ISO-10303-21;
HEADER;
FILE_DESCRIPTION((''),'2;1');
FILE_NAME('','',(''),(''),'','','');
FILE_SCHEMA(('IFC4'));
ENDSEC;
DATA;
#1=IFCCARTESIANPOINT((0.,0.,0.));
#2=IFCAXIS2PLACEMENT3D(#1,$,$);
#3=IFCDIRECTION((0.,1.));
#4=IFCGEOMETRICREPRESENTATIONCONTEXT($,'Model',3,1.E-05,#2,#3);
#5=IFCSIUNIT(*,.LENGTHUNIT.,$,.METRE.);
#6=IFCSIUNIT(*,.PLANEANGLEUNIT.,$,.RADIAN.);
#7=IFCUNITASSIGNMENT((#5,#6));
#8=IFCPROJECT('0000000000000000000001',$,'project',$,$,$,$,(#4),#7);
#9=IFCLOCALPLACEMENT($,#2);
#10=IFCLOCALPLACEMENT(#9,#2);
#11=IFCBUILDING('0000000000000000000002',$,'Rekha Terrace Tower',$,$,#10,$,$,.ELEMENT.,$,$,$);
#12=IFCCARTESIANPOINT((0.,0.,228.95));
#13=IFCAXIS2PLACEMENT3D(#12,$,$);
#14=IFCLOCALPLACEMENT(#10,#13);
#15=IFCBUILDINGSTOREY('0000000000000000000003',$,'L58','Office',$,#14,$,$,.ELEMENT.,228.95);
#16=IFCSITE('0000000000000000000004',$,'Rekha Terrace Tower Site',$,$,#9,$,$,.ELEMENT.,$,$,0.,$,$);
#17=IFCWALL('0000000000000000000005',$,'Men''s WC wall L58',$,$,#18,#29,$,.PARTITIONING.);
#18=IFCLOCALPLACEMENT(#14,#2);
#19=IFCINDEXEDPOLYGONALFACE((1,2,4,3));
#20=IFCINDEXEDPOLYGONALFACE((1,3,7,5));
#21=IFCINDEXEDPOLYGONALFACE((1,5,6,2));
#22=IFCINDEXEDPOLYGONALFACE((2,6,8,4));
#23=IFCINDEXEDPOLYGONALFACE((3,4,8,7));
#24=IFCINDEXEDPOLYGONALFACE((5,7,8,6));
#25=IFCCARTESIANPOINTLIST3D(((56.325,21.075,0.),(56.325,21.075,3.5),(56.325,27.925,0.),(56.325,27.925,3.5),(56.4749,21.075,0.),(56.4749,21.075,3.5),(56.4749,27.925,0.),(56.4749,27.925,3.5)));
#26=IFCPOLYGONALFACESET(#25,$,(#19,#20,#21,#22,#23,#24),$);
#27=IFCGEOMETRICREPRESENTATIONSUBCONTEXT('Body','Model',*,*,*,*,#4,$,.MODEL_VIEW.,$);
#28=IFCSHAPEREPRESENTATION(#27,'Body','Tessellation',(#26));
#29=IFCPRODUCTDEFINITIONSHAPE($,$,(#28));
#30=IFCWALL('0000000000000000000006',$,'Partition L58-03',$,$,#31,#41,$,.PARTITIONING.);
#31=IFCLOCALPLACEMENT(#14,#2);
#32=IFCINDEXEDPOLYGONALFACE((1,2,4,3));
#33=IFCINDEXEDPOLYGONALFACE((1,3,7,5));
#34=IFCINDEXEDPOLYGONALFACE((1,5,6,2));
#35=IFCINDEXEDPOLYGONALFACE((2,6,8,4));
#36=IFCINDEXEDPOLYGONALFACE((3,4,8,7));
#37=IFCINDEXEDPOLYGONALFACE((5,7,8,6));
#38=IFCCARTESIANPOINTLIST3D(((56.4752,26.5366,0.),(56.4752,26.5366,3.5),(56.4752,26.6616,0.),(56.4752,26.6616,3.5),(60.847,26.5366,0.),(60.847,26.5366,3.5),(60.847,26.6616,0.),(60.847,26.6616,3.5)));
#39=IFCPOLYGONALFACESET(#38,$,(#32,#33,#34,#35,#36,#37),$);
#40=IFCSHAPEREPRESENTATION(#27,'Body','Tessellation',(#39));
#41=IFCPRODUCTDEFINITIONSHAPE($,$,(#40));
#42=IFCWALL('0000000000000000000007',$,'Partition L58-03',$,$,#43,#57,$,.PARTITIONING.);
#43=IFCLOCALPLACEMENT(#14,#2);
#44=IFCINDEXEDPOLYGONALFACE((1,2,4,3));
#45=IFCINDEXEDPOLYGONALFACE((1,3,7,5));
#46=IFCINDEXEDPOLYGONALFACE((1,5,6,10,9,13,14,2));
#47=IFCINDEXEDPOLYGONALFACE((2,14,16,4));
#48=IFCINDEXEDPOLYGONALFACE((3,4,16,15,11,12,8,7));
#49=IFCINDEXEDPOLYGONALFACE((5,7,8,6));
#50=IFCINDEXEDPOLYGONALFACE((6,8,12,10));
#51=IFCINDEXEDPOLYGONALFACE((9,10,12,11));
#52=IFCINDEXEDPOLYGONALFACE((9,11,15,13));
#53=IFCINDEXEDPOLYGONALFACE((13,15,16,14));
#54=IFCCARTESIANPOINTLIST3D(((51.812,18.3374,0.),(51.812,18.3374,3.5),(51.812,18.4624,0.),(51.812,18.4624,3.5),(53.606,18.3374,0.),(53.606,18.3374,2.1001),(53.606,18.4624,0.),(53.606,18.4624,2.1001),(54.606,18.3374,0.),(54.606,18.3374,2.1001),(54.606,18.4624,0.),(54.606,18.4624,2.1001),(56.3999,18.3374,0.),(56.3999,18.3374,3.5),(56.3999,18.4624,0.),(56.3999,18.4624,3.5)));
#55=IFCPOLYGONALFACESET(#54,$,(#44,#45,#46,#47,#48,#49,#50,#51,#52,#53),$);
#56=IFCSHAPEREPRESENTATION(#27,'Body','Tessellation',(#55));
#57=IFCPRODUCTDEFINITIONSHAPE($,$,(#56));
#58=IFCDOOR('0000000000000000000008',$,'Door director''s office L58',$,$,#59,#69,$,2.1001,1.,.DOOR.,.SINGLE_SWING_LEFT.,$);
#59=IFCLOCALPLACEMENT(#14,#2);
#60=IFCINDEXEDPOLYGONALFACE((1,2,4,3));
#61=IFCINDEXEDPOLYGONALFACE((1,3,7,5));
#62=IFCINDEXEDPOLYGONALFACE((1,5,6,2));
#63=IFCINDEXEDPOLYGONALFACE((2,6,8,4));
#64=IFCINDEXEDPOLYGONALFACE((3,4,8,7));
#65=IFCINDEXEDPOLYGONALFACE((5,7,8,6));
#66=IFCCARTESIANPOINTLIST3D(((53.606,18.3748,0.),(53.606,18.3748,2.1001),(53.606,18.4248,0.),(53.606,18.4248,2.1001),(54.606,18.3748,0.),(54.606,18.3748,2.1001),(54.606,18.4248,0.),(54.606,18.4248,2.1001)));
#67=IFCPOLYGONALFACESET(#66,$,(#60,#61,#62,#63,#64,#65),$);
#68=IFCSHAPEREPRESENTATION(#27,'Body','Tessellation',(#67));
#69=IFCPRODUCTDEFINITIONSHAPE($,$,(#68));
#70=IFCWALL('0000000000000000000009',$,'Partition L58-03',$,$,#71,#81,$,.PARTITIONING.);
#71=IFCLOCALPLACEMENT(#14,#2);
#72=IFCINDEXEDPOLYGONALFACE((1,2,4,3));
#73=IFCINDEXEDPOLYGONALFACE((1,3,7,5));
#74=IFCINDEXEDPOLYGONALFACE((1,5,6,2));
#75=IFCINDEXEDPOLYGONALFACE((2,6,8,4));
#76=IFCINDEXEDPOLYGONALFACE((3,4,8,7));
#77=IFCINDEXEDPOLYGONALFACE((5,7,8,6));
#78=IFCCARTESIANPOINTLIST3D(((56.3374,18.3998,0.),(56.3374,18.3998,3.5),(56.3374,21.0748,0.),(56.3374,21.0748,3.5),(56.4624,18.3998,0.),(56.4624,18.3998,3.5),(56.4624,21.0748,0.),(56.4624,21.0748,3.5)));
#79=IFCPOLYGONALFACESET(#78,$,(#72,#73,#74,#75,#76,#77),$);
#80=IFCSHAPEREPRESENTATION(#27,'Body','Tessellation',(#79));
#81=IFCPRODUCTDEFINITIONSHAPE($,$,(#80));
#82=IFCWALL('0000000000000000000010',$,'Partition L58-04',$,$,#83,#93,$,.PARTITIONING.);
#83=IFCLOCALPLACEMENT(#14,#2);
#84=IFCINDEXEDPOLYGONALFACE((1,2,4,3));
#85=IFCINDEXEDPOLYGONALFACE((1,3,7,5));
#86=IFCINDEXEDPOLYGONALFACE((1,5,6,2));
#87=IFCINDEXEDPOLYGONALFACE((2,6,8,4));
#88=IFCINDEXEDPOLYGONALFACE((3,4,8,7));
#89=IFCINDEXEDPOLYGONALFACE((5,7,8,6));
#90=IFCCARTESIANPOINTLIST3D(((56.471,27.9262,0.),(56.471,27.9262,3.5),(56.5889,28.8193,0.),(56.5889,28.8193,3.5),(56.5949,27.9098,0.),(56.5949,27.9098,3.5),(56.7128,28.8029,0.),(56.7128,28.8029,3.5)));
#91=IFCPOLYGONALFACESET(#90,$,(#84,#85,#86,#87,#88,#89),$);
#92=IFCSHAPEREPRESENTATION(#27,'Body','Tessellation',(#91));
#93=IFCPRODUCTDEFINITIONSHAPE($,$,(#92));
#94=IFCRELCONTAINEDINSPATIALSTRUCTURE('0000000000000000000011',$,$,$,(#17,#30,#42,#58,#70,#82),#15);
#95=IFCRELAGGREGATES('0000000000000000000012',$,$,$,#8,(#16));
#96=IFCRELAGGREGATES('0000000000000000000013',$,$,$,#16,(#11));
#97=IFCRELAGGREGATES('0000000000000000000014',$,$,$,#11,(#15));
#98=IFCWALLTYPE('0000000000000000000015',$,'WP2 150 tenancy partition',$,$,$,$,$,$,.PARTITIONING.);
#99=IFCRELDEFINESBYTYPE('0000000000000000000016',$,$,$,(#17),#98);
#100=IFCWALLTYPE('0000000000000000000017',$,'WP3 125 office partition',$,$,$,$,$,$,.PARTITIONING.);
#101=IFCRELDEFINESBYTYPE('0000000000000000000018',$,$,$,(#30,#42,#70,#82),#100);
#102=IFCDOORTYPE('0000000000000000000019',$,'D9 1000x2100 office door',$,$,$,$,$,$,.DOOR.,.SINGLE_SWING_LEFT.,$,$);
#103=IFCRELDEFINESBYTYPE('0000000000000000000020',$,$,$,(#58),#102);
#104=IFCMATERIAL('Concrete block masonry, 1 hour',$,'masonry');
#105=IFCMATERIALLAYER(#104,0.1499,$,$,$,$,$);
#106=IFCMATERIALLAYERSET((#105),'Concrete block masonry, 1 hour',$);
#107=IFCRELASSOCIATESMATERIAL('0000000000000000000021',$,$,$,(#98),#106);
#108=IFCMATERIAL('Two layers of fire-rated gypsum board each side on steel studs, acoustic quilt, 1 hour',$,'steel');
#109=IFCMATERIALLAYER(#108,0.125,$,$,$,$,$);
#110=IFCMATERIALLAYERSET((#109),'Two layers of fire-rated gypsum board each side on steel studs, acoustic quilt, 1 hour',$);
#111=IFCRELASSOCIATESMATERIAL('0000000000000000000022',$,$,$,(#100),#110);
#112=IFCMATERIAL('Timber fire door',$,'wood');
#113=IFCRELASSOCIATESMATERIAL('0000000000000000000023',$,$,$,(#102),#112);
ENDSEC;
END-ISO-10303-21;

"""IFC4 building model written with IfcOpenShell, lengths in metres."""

from ifc_helpers import new_model, si_unit, direction, frame, frame_2d, origin, place, context, subcontext, project, spatial, rectangle, extrude, material, layer, layer_set, type_object, element, fill, save


model = new_model("IFC4")

# Units and contexts
model_context = context("Model", 3, precision=1e-05, world=origin(), true_north=direction((0.0, 1.0)))
body_context = subcontext(model_context, "Body", "Model", "MODEL_VIEW")
ifc_project = project(units=[si_unit("LENGTHUNIT", "METRE"), si_unit("PLANEANGLEUNIT", "RADIAN")], contexts=[model_context])

# Site, building, storey
site_placement = place(None, origin())
site = spatial("IfcSite", under=ifc_project, at=site_placement, Name="Rekha Terrace Tower Site", CompositionType="ELEMENT", RefElevation=0.0)
building_placement = place(site_placement, origin())
building = spatial("IfcBuilding", under=site, at=building_placement, Name="Rekha Terrace Tower", CompositionType="ELEMENT")
storey_placement = place(building_placement, frame((0.0, 0.0, 228.95)))
storey = spatial("IfcBuildingStorey", under=building, at=storey_placement, Name="L58", Description="Office", CompositionType="ELEMENT", Elevation=228.95)

# Shared definitions
ifc_material_1 = material(Name="Concrete block masonry, 1 hour", Category="masonry")
ifc_layer_1 = layer(ifc_material_1, 0.1499)
ifc_layer_set_1 = layer_set([ifc_layer_1], Name="Concrete block masonry, 1 hour")
wall_type_1 = type_object("IfcWallType", Name="WP2 150 tenancy partition", PredefinedType="PARTITIONING", material=ifc_layer_set_1)

# Walls
wall_1_placement = place(storey_placement, frame((56.3999, 21.075, 0.0), z_axis=(0.0, 0.0, 1.0), x_axis=(0.0, 1.0, 0.0)))
element("IfcWall", 1, at=wall_1_placement, inside=storey, type_object=wall_type_1, Name="Men's WC wall L58", PredefinedType="PARTITIONING", context=body_context, shape_type="SweptSolid", body=[
    extrude(rectangle(XDim=6.8501, YDim=0.1499, at=frame_2d((3.425, 0.0))), origin(), (0.0, 0.0, 1.0), 3.5),
])
ifc_material_2 = material(Name="Two layers of fire-rated gypsum board each side on steel studs, acoustic quilt, 1 hour", Category="steel")
ifc_layer_2 = layer(ifc_material_2, 0.125)
ifc_layer_set_2 = layer_set([ifc_layer_2], Name="Two layers of fire-rated gypsum board each side on steel studs, acoustic quilt, 1 hour")
wall_type_2 = type_object("IfcWallType", Name="WP3 125 office partition", PredefinedType="PARTITIONING", material=ifc_layer_set_2)
wall_2_placement = place(storey_placement, frame((56.4751, 26.5991, 0.0), z_axis=(0.0, 0.0, 1.0), x_axis=(1.0, 0.0, 0.0)))
element("IfcWall", 2, at=wall_2_placement, inside=storey, type_object=wall_type_2, Name="Partition L58-03", PredefinedType="PARTITIONING", context=body_context, shape_type="SweptSolid", body=[
    extrude(rectangle(XDim=4.3718, YDim=0.125, at=frame_2d((2.186, 0.0))), origin(), (0.0, 0.0, 1.0), 3.5),
])

# Wall, opening, door
wall_3_placement = place(storey_placement, frame((51.812, 18.3999, 0.0), z_axis=(0.0, 0.0, 1.0), x_axis=(1.0, 0.0, 0.0)))
wall_3 = element("IfcWall", 3, at=wall_3_placement, inside=storey, type_object=wall_type_2, Name="Partition L58-03", PredefinedType="PARTITIONING", context=body_context, shape_type="SweptSolid", body=[
    extrude(rectangle(XDim=4.5879, YDim=0.125, at=frame_2d((2.2939, 0.0))), origin(), (0.0, 0.0, 1.0), 3.5),
])
opening_1_placement = place(wall_3_placement, frame((1.7939, 0.0, 0.0)))
opening_1 = element("IfcOpeningElement", 4, at=opening_1_placement, cuts=wall_3, PredefinedType="OPENING", context=body_context, shape_type="SweptSolid", body=[
    extrude(rectangle(XDim=1.0, YDim=2.1001, at=frame_2d((0.5, 1.05))), frame((0.0, 0.0725, 0.0), z_axis=(0.0, -1.0, 0.0), x_axis=(1.0, 0.0, 0.0)), (0.0, 0.0, 1.0), 0.145),
])
ifc_material_3 = material(Name="Timber fire door", Category="wood")
door_type_1 = type_object("IfcDoorType", Name="D9 1000x2100 office door", OperationType="SINGLE_SWING_LEFT", PredefinedType="DOOR", material=ifc_material_3)
door_1_placement = place(opening_1_placement, origin())
door_1 = element("IfcDoor", 5, at=door_1_placement, inside=storey, type_object=door_type_1, Name="Door director's office L58", OperationType="SINGLE_SWING_LEFT", OverallHeight=2.1001, OverallWidth=1.0, PredefinedType="DOOR", context=body_context, shape_type="SweptSolid", body=[
    extrude(rectangle(XDim=1.0, YDim=2.1001, at=frame_2d((0.5, 1.05))), frame((0.0, 0.0249, 0.0), z_axis=(0.0, -1.0, 0.0), x_axis=(1.0, 0.0, 0.0)), (0.0, 0.0, 1.0), 0.05),
])
fill(opening_1, door_1)

# Walls
wall_4_placement = place(storey_placement, frame((56.3999, 18.3999, 0.0), z_axis=(0.0, 0.0, 1.0), x_axis=(0.0, 1.0, 0.0)))
element("IfcWall", 6, at=wall_4_placement, inside=storey, type_object=wall_type_2, Name="Partition L58-03", PredefinedType="PARTITIONING", context=body_context, shape_type="SweptSolid", body=[
    extrude(rectangle(XDim=2.675, YDim=0.125, at=frame_2d((1.3374, 0.0))), origin(), (0.0, 0.0, 1.0), 3.5),
])
wall_5_placement = place(storey_placement, frame((56.533, 27.918, 0.0), z_axis=(0.0, 0.0, 1.0), x_axis=(0.130903, 0.991395, 0.0)))
element("IfcWall", 7, at=wall_5_placement, inside=storey, type_object=wall_type_2, Name="Partition L58-04", PredefinedType="PARTITIONING", context=body_context, shape_type="SweptSolid", body=[
    extrude(rectangle(XDim=0.9009, YDim=0.125, at=frame_2d((0.4504, 0.0))), origin(), (0.0, 0.0, 1.0), 3.5),
])

save(model, "model.ifc")
